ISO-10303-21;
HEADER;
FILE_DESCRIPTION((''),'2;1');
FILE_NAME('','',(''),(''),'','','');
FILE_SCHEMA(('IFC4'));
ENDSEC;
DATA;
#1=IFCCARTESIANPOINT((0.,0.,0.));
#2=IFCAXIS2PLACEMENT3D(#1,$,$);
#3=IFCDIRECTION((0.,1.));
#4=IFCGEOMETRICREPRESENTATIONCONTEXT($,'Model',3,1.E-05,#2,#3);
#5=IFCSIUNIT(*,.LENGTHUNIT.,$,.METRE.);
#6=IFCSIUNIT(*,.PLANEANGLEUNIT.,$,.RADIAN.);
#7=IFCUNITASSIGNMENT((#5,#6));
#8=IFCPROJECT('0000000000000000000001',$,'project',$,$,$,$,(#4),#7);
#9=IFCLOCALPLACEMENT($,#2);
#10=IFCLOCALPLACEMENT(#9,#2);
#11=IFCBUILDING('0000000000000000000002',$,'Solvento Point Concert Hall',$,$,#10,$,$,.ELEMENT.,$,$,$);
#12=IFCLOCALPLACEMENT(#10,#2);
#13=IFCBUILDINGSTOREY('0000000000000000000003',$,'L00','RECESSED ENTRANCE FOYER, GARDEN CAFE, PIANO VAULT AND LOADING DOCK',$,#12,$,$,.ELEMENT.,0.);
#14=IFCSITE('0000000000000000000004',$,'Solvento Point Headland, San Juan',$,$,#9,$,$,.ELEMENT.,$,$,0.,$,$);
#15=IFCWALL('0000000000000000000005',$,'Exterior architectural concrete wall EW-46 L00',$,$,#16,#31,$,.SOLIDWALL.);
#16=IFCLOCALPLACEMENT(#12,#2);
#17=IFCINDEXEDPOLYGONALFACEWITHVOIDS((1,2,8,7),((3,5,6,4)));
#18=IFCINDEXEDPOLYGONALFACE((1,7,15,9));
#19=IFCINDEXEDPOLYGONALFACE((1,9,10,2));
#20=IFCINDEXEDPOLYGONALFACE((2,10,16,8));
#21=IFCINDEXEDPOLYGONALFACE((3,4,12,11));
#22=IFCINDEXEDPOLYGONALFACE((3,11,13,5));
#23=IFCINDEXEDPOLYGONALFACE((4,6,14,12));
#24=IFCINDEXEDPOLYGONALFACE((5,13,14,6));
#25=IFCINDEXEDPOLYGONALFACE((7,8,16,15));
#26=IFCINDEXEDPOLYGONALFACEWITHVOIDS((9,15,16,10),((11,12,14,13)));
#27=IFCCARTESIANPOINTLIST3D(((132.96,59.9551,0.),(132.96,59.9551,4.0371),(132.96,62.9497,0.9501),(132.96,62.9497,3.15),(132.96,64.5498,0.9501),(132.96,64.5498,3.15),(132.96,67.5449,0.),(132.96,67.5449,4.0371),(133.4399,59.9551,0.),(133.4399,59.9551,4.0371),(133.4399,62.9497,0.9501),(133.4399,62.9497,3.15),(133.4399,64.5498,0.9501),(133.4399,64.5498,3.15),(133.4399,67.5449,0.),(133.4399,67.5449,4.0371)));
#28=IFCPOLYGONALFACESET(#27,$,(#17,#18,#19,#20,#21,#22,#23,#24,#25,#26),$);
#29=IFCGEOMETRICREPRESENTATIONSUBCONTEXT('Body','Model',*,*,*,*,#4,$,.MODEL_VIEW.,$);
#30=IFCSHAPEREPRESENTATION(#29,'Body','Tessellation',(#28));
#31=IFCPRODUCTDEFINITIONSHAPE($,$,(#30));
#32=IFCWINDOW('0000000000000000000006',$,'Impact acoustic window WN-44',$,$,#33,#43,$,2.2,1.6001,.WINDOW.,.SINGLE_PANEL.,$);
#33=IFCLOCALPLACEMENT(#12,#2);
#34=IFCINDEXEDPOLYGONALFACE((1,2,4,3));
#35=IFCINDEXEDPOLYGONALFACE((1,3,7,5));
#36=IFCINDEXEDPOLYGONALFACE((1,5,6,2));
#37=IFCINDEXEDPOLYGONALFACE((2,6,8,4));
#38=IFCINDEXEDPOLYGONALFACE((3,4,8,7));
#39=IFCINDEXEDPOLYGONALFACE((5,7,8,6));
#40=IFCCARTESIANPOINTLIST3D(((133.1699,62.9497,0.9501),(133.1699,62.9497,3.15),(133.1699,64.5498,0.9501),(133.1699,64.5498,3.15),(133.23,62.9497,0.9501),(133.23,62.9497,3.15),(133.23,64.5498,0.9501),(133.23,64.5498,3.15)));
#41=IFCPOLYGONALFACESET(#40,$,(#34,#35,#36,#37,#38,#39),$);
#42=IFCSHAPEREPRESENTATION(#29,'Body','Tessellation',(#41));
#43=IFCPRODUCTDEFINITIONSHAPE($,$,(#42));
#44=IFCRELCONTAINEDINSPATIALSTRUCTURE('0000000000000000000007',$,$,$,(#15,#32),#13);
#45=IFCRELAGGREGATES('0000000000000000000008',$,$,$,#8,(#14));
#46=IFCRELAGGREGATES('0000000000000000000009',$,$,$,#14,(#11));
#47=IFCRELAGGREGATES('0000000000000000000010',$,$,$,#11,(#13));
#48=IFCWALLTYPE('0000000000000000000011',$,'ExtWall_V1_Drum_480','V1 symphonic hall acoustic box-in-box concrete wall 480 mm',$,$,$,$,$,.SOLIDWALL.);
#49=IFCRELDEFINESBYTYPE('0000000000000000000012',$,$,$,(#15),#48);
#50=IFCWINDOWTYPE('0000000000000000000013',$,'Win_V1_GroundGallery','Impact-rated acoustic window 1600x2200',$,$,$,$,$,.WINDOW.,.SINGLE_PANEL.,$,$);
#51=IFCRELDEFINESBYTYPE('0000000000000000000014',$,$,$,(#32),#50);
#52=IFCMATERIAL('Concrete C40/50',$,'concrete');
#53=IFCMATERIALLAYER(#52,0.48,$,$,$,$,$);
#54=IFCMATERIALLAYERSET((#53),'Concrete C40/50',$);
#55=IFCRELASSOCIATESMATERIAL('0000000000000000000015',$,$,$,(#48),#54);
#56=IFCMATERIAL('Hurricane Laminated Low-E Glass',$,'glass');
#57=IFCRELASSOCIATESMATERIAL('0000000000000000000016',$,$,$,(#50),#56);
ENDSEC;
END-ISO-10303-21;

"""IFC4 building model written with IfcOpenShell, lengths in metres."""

from ifc_helpers import new_model, si_unit, direction, frame, frame_2d, origin, place, context, subcontext, project, spatial, rectangle, extrude, material, layer, layer_set, type_object, element, fill, save


model = new_model("IFC4")

# Units and contexts
model_context = context("Model", 3, precision=1e-05, world=origin(), true_north=direction((0.0, 1.0)))
body_context = subcontext(model_context, "Body", "Model", "MODEL_VIEW")
ifc_project = project(units=[si_unit("LENGTHUNIT", "METRE"), si_unit("PLANEANGLEUNIT", "RADIAN")], contexts=[model_context])

# Site, building, storey
site_placement = place(None, origin())
site = spatial("IfcSite", under=ifc_project, at=site_placement, Name="Solvento Point Headland, San Juan", CompositionType="ELEMENT", RefElevation=0.0)
building_placement = place(site_placement, origin())
building = spatial("IfcBuilding", under=site, at=building_placement, Name="Solvento Point Concert Hall", CompositionType="ELEMENT")
storey_placement = place(building_placement, origin())
storey = spatial("IfcBuildingStorey", under=building, at=storey_placement, Name="L00", Description="RECESSED ENTRANCE FOYER, GARDEN CAFE, PIANO VAULT AND LOADING DOCK", CompositionType="ELEMENT", Elevation=0.0)

# Wall, opening, window
ifc_material_1 = material(Name="Concrete C40/50", Category="concrete")
ifc_layer_1 = layer(ifc_material_1, 0.48)
ifc_layer_set_1 = layer_set([ifc_layer_1], Name="Concrete C40/50")
wall_type_1 = type_object("IfcWallType", Name="ExtWall_V1_Drum_480", Description="V1 symphonic hall acoustic box-in-box concrete wall 480 mm", PredefinedType="SOLIDWALL", material=ifc_layer_set_1)
ifc_material_2 = material(Name="Hurricane Laminated Low-E Glass", Category="glass")
window_type = type_object("IfcWindowType", Name="Win_V1_GroundGallery", Description="Impact-rated acoustic window 1600x2200", PartitioningType="SINGLE_PANEL", PredefinedType="WINDOW", material=ifc_material_2)
wall_1_placement = place(storey_placement, frame((133.2, 67.5449, 0.0), z_axis=(0.0, 0.0, 1.0), x_axis=(0.0, -1.0, 0.0)))
wall_1 = element("IfcWall", 1, at=wall_1_placement, inside=storey, type_object=wall_type_1, Name="Exterior architectural concrete wall EW-46 L00", PredefinedType="SOLIDWALL", context=body_context, shape_type="SweptSolid", body=[
    extrude(rectangle(XDim=7.5898, YDim=0.48, at=frame_2d((3.7949, 0.0))), origin(), (0.0, 0.0, 1.0), 4.0371),
])
opening_1_placement = place(wall_1_placement, frame((2.9951, 0.0, 0.95)))
opening_1 = element("IfcOpeningElement", 2, at=opening_1_placement, cuts=wall_1, PredefinedType="OPENING", context=body_context, shape_type="SweptSolid", body=[
    extrude(rectangle(XDim=1.6001, YDim=2.2, at=frame_2d((0.8, 1.1001))), frame((0.0, 0.25, 0.0), z_axis=(0.0, -1.0, 0.0), x_axis=(1.0, 0.0, 0.0)), (0.0, 0.0, 1.0), 0.5),
])
window_1_placement = place(opening_1_placement, origin())
window_1 = element("IfcWindow", 3, at=window_1_placement, inside=storey, type_object=window_type, Name="Impact acoustic window WN-44", OverallHeight=2.2, OverallWidth=1.6001, PartitioningType="SINGLE_PANEL", PredefinedType="WINDOW", context=body_context, shape_type="SweptSolid", body=[
    extrude(rectangle(XDim=1.6001, YDim=2.2, at=frame_2d((0.8, 1.1001))), frame((0.0, 0.03, 0.0), z_axis=(0.0, -1.0, 0.0), x_axis=(1.0, 0.0, 0.0)), (0.0, 0.0, 1.0), 0.0601),
])
fill(opening_1, window_1)

save(model, "model.ifc")
